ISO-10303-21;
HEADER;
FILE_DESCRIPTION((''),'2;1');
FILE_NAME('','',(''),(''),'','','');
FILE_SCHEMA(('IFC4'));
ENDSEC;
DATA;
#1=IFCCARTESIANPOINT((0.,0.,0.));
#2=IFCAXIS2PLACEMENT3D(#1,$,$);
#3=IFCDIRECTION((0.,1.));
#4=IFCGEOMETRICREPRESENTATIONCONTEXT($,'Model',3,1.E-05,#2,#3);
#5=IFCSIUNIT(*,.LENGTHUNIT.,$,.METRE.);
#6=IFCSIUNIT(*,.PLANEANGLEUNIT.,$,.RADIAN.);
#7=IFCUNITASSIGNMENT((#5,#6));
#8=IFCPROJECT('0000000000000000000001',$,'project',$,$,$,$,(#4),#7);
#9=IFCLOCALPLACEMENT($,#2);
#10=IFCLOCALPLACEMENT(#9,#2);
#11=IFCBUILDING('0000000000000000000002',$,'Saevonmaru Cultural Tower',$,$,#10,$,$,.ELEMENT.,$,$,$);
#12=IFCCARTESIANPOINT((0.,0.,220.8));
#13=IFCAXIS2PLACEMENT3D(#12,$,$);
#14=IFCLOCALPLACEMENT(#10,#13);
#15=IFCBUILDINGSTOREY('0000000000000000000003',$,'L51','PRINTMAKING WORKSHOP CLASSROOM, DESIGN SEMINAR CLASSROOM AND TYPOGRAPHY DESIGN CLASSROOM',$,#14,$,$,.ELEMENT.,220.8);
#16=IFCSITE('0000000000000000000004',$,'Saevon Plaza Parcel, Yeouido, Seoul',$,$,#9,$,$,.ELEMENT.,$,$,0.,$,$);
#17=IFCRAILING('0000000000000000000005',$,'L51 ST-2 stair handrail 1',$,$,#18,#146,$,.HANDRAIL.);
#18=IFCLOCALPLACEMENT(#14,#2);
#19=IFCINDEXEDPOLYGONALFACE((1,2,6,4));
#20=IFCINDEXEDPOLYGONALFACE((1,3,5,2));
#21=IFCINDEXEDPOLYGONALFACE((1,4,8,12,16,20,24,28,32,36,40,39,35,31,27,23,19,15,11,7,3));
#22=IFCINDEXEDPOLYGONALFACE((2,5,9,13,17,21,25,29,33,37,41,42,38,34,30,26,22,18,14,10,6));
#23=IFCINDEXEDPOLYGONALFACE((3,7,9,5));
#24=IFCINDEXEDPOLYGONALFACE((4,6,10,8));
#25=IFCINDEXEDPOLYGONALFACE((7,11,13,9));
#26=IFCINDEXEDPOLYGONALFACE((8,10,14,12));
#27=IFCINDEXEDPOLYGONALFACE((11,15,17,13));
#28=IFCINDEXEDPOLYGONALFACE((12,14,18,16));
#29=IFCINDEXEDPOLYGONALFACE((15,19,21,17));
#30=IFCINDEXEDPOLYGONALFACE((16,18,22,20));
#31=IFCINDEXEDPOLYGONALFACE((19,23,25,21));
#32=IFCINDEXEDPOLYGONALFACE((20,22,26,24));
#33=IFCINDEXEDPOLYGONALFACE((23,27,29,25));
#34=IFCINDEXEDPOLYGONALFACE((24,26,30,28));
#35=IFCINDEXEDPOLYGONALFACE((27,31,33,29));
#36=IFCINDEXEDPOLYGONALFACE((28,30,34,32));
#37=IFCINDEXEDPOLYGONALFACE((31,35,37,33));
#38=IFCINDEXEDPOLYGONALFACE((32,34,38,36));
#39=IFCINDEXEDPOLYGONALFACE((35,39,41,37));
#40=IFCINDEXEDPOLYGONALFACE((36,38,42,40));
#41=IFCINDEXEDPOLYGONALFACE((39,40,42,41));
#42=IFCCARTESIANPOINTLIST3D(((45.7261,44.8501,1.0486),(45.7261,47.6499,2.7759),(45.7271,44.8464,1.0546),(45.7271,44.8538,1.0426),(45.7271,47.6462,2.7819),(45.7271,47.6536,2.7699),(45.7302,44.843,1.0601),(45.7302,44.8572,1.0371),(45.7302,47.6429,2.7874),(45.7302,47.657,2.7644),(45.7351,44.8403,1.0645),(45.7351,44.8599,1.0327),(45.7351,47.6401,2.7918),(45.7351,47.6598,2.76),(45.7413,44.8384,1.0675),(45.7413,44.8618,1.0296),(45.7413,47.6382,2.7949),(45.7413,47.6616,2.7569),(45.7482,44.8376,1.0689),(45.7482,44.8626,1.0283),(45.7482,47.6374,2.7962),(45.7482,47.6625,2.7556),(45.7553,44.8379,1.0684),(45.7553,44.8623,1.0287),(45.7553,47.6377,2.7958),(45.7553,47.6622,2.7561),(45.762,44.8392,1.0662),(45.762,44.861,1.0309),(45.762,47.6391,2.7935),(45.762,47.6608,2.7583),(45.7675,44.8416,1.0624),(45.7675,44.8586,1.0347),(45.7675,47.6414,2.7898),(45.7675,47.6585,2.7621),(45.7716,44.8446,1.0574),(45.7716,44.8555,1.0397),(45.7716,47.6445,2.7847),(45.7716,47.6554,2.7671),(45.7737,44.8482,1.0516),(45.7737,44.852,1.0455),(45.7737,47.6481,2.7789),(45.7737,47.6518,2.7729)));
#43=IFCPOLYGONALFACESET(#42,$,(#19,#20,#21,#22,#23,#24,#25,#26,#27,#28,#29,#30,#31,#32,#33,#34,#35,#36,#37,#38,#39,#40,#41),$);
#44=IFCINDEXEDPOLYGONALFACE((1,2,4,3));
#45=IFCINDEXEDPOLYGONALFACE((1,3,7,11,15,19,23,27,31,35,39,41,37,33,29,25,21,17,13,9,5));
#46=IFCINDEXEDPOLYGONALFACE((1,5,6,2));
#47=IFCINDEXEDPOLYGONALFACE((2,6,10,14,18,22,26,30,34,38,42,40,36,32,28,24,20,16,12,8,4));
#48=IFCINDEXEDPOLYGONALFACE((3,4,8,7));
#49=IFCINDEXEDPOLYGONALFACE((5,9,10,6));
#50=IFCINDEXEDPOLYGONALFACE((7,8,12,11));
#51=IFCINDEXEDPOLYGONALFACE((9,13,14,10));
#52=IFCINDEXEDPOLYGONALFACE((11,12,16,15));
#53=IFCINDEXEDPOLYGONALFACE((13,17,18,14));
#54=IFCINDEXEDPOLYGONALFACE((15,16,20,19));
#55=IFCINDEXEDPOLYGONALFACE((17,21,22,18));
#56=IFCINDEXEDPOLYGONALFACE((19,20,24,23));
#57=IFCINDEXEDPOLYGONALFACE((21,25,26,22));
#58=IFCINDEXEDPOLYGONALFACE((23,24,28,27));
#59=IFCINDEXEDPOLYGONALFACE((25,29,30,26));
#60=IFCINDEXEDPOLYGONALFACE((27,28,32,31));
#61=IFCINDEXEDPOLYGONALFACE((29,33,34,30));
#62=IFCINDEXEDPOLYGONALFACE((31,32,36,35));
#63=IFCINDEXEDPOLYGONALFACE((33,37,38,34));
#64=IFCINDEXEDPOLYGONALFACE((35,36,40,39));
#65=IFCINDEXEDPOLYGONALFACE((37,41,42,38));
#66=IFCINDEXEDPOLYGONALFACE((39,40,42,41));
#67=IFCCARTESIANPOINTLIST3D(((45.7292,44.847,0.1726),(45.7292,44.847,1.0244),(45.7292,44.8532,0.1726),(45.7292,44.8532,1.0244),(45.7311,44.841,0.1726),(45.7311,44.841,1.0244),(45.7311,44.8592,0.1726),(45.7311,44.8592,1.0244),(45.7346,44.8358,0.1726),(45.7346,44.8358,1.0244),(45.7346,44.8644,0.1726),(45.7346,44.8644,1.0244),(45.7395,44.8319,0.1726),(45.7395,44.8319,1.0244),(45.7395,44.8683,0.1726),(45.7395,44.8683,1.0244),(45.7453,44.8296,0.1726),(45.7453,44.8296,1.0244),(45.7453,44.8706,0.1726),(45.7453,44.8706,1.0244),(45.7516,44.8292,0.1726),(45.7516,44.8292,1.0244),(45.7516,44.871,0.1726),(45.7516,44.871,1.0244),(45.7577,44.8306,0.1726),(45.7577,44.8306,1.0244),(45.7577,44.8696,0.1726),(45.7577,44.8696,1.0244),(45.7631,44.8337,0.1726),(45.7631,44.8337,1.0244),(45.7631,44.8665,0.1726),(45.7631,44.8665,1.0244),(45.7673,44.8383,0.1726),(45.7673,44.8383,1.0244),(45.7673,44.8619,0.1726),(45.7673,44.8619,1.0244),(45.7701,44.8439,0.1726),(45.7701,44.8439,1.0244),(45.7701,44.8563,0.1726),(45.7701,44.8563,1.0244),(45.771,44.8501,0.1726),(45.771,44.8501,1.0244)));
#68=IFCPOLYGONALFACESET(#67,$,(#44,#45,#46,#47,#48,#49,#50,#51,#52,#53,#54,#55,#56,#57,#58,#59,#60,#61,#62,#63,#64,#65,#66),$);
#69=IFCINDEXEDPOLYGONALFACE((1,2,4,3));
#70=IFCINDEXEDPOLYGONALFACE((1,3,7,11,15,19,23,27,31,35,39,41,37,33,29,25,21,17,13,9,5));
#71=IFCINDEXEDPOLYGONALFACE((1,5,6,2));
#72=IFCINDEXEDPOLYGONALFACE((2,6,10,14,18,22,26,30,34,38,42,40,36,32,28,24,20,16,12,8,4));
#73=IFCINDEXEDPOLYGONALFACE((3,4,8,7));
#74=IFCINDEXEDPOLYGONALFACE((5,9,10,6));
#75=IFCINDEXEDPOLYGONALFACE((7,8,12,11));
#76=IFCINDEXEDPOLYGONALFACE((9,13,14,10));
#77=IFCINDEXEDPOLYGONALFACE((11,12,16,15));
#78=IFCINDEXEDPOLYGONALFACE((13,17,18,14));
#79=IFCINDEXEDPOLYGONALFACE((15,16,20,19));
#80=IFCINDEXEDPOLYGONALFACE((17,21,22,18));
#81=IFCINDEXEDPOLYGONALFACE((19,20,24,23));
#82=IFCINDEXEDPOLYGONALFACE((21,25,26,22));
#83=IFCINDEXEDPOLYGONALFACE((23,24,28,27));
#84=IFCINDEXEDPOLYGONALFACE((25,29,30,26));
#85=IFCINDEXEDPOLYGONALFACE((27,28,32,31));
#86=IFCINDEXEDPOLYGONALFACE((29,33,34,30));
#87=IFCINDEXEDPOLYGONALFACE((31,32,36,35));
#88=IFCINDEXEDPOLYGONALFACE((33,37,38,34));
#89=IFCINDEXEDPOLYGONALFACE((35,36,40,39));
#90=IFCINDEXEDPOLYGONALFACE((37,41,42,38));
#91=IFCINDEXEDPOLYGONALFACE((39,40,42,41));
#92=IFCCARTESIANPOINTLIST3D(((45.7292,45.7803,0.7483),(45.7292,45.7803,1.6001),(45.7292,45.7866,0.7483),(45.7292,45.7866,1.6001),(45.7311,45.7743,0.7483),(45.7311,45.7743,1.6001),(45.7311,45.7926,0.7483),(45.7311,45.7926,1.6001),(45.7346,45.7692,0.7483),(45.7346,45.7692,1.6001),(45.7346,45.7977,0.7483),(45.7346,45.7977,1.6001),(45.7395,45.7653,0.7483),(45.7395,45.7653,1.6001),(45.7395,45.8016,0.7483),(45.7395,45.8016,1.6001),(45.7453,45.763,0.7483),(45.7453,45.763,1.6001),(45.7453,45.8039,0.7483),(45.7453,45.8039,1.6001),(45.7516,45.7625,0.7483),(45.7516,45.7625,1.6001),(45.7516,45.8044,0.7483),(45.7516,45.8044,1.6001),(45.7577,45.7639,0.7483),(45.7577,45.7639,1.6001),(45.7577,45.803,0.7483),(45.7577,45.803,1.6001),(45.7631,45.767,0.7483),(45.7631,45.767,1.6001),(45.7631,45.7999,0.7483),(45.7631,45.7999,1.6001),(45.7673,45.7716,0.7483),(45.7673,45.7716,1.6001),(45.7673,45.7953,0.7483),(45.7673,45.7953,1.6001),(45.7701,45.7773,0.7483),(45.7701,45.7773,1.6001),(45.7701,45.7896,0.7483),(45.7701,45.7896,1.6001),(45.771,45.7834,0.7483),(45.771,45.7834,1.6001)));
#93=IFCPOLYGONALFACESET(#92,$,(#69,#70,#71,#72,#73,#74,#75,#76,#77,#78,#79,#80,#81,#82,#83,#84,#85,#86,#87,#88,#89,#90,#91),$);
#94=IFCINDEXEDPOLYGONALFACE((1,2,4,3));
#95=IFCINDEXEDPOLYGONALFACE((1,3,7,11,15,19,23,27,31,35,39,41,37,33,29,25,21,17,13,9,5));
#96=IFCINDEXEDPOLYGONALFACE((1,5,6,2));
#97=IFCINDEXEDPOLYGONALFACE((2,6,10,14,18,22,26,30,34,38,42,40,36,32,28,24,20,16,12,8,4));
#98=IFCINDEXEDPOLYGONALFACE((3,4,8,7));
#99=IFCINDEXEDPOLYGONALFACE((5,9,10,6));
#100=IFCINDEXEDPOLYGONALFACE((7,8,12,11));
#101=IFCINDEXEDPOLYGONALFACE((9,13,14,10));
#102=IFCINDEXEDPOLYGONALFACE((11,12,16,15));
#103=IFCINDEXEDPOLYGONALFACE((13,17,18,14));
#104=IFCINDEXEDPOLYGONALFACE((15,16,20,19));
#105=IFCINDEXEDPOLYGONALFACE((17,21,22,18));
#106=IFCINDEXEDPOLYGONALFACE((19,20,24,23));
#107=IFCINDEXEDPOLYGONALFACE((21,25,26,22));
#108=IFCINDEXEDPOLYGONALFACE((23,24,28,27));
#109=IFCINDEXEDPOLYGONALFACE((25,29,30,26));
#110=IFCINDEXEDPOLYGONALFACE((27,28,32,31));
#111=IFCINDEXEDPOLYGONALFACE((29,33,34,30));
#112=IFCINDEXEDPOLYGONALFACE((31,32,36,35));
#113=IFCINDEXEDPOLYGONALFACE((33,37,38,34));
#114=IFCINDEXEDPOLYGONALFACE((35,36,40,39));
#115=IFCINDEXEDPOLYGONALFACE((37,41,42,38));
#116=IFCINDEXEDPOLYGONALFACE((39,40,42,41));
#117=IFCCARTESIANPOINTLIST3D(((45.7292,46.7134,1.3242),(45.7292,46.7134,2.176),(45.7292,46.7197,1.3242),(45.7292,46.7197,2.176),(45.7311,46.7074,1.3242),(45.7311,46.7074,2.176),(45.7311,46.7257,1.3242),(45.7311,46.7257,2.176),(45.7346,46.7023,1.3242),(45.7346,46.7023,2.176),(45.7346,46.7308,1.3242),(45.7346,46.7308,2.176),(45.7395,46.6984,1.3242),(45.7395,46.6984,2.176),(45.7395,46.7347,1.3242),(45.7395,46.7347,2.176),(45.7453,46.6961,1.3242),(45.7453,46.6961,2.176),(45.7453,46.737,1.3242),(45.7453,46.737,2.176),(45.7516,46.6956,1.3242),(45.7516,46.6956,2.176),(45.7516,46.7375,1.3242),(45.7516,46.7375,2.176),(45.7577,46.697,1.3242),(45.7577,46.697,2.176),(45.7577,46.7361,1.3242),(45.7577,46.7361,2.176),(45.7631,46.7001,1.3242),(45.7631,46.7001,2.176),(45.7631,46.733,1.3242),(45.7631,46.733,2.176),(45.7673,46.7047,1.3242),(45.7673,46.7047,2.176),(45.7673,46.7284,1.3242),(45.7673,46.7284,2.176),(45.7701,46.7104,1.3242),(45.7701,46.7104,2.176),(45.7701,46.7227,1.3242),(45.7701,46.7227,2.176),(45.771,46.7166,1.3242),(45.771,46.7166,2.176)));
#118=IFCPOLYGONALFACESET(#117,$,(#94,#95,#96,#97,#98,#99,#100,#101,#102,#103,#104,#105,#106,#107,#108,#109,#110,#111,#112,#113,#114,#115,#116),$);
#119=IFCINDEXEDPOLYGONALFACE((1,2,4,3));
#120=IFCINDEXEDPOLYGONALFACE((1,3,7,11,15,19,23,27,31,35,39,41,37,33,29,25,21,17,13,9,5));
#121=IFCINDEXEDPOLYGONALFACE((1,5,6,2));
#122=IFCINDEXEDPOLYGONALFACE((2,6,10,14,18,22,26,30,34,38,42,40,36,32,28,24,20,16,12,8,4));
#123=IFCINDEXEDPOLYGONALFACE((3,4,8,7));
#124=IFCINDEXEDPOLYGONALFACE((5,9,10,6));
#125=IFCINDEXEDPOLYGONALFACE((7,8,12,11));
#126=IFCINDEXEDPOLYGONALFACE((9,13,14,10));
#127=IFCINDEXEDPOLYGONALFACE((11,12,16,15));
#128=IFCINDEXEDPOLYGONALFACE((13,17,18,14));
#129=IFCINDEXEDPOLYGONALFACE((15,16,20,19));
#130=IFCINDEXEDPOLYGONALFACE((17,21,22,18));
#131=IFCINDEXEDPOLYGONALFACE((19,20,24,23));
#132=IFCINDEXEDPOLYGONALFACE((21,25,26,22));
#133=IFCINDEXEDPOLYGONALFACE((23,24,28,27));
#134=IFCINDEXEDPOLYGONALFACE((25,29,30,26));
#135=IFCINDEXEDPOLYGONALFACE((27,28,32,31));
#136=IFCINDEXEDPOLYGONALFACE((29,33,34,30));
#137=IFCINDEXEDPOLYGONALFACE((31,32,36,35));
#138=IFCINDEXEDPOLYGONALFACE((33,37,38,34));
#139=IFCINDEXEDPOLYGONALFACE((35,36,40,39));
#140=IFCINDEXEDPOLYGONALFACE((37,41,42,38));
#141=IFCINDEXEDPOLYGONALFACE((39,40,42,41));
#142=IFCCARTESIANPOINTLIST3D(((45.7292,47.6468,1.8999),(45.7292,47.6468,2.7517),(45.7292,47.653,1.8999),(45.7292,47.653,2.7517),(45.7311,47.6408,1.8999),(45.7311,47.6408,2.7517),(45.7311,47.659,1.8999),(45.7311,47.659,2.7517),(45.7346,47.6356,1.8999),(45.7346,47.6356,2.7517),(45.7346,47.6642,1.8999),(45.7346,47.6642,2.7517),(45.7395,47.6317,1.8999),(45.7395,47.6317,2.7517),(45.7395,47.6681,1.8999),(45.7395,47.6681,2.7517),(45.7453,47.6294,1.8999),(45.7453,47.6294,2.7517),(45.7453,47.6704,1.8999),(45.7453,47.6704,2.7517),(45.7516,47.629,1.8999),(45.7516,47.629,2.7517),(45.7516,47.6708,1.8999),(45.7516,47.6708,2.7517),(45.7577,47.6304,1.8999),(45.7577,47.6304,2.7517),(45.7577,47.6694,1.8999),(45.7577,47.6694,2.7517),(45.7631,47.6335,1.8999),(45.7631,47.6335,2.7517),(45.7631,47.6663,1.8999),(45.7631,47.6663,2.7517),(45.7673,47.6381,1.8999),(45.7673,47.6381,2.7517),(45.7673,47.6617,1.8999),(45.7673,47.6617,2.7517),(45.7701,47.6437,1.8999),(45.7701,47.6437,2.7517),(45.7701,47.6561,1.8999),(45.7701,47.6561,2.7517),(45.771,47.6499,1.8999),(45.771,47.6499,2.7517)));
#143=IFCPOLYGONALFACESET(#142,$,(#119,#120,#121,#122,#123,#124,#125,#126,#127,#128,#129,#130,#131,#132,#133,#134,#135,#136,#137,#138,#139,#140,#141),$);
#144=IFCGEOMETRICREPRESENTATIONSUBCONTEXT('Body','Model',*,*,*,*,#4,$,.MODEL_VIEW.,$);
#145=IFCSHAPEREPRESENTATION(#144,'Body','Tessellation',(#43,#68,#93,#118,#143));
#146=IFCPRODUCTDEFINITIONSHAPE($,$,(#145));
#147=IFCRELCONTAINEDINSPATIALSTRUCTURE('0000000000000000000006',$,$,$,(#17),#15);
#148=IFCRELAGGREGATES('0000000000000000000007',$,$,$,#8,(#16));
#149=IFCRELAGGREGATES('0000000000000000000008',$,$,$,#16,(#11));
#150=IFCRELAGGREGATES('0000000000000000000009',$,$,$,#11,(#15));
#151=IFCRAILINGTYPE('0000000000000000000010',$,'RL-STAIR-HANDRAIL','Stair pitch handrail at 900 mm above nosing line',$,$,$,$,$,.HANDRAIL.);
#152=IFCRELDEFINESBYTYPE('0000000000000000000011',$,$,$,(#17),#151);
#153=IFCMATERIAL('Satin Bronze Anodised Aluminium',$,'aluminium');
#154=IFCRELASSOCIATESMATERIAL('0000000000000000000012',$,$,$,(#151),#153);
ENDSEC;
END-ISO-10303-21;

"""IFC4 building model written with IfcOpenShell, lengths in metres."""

from ifc_helpers import new_model, si_unit, direction, frame, origin, origin_2d, place, context, subcontext, project, spatial, circle, extrude, material, type_object, element, save


model = new_model("IFC4")

# Units and contexts
model_context = context("Model", 3, precision=1e-05, world=origin(), true_north=direction((0.0, 1.0)))
body_context = subcontext(model_context, "Body", "Model", "MODEL_VIEW")
ifc_project = project(units=[si_unit("LENGTHUNIT", "METRE"), si_unit("PLANEANGLEUNIT", "RADIAN")], contexts=[model_context])

# Site, building, storey
site_placement = place(None, origin())
site = spatial("IfcSite", under=ifc_project, at=site_placement, Name="Saevon Plaza Parcel, Yeouido, Seoul", CompositionType="ELEMENT", RefElevation=0.0)
building_placement = place(site_placement, origin())
building = spatial("IfcBuilding", under=site, at=building_placement, Name="Saevonmaru Cultural Tower", CompositionType="ELEMENT")
storey_placement = place(building_placement, frame((0.0, 0.0, 220.8)))
storey = spatial("IfcBuildingStorey", under=building, at=storey_placement, Name="L51", Description="PRINTMAKING WORKSHOP CLASSROOM, DESIGN SEMINAR CLASSROOM AND TYPOGRAPHY DESIGN CLASSROOM", CompositionType="ELEMENT", Elevation=220.8)

# Shared definitions
ifc_material_1 = material(Name="Satin Bronze Anodised Aluminium", Category="aluminium")

# Railing
railing_type_1 = type_object("IfcRailingType", Name="RL-STAIR-HANDRAIL", Description="Stair pitch handrail at 900 mm above nosing line", PredefinedType="HANDRAIL", material=ifc_material_1)
railing_1_placement = place(storey_placement, frame((45.75, 44.8501, 0.1726)))
element("IfcRailing", 1, at=railing_1_placement, inside=storey, type_object=railing_type_1, Name="L51 ST-2 stair handrail 1", PredefinedType="HANDRAIL", context=body_context, shape_type="SweptSolid", body=[
    extrude(circle(Radius=0.0239, at=origin_2d()), frame((0.0, 0.0, 0.876), z_axis=(0.0, 0.851069, 0.525054), x_axis=(-1.0, 0.0, 0.0)), (0.0, 0.0, 1.0), 3.2898),
    extrude(circle(Radius=0.021, at=origin_2d()), origin(), (0.0, 0.0, 1.0), 0.8518),
    extrude(circle(Radius=0.021, at=origin_2d()), frame((0.0, 0.9333, 0.5757)), (0.0, 0.0, 1.0), 0.8518),
    extrude(circle(Radius=0.021, at=origin_2d()), frame((0.0, 1.8665, 1.1516)), (0.0, 0.0, 1.0), 0.8518),
    extrude(circle(Radius=0.021, at=origin_2d()), frame((0.0, 2.7998, 1.7273)), (0.0, 0.0, 1.0), 0.8518),
])

save(model, "model.ifc")
